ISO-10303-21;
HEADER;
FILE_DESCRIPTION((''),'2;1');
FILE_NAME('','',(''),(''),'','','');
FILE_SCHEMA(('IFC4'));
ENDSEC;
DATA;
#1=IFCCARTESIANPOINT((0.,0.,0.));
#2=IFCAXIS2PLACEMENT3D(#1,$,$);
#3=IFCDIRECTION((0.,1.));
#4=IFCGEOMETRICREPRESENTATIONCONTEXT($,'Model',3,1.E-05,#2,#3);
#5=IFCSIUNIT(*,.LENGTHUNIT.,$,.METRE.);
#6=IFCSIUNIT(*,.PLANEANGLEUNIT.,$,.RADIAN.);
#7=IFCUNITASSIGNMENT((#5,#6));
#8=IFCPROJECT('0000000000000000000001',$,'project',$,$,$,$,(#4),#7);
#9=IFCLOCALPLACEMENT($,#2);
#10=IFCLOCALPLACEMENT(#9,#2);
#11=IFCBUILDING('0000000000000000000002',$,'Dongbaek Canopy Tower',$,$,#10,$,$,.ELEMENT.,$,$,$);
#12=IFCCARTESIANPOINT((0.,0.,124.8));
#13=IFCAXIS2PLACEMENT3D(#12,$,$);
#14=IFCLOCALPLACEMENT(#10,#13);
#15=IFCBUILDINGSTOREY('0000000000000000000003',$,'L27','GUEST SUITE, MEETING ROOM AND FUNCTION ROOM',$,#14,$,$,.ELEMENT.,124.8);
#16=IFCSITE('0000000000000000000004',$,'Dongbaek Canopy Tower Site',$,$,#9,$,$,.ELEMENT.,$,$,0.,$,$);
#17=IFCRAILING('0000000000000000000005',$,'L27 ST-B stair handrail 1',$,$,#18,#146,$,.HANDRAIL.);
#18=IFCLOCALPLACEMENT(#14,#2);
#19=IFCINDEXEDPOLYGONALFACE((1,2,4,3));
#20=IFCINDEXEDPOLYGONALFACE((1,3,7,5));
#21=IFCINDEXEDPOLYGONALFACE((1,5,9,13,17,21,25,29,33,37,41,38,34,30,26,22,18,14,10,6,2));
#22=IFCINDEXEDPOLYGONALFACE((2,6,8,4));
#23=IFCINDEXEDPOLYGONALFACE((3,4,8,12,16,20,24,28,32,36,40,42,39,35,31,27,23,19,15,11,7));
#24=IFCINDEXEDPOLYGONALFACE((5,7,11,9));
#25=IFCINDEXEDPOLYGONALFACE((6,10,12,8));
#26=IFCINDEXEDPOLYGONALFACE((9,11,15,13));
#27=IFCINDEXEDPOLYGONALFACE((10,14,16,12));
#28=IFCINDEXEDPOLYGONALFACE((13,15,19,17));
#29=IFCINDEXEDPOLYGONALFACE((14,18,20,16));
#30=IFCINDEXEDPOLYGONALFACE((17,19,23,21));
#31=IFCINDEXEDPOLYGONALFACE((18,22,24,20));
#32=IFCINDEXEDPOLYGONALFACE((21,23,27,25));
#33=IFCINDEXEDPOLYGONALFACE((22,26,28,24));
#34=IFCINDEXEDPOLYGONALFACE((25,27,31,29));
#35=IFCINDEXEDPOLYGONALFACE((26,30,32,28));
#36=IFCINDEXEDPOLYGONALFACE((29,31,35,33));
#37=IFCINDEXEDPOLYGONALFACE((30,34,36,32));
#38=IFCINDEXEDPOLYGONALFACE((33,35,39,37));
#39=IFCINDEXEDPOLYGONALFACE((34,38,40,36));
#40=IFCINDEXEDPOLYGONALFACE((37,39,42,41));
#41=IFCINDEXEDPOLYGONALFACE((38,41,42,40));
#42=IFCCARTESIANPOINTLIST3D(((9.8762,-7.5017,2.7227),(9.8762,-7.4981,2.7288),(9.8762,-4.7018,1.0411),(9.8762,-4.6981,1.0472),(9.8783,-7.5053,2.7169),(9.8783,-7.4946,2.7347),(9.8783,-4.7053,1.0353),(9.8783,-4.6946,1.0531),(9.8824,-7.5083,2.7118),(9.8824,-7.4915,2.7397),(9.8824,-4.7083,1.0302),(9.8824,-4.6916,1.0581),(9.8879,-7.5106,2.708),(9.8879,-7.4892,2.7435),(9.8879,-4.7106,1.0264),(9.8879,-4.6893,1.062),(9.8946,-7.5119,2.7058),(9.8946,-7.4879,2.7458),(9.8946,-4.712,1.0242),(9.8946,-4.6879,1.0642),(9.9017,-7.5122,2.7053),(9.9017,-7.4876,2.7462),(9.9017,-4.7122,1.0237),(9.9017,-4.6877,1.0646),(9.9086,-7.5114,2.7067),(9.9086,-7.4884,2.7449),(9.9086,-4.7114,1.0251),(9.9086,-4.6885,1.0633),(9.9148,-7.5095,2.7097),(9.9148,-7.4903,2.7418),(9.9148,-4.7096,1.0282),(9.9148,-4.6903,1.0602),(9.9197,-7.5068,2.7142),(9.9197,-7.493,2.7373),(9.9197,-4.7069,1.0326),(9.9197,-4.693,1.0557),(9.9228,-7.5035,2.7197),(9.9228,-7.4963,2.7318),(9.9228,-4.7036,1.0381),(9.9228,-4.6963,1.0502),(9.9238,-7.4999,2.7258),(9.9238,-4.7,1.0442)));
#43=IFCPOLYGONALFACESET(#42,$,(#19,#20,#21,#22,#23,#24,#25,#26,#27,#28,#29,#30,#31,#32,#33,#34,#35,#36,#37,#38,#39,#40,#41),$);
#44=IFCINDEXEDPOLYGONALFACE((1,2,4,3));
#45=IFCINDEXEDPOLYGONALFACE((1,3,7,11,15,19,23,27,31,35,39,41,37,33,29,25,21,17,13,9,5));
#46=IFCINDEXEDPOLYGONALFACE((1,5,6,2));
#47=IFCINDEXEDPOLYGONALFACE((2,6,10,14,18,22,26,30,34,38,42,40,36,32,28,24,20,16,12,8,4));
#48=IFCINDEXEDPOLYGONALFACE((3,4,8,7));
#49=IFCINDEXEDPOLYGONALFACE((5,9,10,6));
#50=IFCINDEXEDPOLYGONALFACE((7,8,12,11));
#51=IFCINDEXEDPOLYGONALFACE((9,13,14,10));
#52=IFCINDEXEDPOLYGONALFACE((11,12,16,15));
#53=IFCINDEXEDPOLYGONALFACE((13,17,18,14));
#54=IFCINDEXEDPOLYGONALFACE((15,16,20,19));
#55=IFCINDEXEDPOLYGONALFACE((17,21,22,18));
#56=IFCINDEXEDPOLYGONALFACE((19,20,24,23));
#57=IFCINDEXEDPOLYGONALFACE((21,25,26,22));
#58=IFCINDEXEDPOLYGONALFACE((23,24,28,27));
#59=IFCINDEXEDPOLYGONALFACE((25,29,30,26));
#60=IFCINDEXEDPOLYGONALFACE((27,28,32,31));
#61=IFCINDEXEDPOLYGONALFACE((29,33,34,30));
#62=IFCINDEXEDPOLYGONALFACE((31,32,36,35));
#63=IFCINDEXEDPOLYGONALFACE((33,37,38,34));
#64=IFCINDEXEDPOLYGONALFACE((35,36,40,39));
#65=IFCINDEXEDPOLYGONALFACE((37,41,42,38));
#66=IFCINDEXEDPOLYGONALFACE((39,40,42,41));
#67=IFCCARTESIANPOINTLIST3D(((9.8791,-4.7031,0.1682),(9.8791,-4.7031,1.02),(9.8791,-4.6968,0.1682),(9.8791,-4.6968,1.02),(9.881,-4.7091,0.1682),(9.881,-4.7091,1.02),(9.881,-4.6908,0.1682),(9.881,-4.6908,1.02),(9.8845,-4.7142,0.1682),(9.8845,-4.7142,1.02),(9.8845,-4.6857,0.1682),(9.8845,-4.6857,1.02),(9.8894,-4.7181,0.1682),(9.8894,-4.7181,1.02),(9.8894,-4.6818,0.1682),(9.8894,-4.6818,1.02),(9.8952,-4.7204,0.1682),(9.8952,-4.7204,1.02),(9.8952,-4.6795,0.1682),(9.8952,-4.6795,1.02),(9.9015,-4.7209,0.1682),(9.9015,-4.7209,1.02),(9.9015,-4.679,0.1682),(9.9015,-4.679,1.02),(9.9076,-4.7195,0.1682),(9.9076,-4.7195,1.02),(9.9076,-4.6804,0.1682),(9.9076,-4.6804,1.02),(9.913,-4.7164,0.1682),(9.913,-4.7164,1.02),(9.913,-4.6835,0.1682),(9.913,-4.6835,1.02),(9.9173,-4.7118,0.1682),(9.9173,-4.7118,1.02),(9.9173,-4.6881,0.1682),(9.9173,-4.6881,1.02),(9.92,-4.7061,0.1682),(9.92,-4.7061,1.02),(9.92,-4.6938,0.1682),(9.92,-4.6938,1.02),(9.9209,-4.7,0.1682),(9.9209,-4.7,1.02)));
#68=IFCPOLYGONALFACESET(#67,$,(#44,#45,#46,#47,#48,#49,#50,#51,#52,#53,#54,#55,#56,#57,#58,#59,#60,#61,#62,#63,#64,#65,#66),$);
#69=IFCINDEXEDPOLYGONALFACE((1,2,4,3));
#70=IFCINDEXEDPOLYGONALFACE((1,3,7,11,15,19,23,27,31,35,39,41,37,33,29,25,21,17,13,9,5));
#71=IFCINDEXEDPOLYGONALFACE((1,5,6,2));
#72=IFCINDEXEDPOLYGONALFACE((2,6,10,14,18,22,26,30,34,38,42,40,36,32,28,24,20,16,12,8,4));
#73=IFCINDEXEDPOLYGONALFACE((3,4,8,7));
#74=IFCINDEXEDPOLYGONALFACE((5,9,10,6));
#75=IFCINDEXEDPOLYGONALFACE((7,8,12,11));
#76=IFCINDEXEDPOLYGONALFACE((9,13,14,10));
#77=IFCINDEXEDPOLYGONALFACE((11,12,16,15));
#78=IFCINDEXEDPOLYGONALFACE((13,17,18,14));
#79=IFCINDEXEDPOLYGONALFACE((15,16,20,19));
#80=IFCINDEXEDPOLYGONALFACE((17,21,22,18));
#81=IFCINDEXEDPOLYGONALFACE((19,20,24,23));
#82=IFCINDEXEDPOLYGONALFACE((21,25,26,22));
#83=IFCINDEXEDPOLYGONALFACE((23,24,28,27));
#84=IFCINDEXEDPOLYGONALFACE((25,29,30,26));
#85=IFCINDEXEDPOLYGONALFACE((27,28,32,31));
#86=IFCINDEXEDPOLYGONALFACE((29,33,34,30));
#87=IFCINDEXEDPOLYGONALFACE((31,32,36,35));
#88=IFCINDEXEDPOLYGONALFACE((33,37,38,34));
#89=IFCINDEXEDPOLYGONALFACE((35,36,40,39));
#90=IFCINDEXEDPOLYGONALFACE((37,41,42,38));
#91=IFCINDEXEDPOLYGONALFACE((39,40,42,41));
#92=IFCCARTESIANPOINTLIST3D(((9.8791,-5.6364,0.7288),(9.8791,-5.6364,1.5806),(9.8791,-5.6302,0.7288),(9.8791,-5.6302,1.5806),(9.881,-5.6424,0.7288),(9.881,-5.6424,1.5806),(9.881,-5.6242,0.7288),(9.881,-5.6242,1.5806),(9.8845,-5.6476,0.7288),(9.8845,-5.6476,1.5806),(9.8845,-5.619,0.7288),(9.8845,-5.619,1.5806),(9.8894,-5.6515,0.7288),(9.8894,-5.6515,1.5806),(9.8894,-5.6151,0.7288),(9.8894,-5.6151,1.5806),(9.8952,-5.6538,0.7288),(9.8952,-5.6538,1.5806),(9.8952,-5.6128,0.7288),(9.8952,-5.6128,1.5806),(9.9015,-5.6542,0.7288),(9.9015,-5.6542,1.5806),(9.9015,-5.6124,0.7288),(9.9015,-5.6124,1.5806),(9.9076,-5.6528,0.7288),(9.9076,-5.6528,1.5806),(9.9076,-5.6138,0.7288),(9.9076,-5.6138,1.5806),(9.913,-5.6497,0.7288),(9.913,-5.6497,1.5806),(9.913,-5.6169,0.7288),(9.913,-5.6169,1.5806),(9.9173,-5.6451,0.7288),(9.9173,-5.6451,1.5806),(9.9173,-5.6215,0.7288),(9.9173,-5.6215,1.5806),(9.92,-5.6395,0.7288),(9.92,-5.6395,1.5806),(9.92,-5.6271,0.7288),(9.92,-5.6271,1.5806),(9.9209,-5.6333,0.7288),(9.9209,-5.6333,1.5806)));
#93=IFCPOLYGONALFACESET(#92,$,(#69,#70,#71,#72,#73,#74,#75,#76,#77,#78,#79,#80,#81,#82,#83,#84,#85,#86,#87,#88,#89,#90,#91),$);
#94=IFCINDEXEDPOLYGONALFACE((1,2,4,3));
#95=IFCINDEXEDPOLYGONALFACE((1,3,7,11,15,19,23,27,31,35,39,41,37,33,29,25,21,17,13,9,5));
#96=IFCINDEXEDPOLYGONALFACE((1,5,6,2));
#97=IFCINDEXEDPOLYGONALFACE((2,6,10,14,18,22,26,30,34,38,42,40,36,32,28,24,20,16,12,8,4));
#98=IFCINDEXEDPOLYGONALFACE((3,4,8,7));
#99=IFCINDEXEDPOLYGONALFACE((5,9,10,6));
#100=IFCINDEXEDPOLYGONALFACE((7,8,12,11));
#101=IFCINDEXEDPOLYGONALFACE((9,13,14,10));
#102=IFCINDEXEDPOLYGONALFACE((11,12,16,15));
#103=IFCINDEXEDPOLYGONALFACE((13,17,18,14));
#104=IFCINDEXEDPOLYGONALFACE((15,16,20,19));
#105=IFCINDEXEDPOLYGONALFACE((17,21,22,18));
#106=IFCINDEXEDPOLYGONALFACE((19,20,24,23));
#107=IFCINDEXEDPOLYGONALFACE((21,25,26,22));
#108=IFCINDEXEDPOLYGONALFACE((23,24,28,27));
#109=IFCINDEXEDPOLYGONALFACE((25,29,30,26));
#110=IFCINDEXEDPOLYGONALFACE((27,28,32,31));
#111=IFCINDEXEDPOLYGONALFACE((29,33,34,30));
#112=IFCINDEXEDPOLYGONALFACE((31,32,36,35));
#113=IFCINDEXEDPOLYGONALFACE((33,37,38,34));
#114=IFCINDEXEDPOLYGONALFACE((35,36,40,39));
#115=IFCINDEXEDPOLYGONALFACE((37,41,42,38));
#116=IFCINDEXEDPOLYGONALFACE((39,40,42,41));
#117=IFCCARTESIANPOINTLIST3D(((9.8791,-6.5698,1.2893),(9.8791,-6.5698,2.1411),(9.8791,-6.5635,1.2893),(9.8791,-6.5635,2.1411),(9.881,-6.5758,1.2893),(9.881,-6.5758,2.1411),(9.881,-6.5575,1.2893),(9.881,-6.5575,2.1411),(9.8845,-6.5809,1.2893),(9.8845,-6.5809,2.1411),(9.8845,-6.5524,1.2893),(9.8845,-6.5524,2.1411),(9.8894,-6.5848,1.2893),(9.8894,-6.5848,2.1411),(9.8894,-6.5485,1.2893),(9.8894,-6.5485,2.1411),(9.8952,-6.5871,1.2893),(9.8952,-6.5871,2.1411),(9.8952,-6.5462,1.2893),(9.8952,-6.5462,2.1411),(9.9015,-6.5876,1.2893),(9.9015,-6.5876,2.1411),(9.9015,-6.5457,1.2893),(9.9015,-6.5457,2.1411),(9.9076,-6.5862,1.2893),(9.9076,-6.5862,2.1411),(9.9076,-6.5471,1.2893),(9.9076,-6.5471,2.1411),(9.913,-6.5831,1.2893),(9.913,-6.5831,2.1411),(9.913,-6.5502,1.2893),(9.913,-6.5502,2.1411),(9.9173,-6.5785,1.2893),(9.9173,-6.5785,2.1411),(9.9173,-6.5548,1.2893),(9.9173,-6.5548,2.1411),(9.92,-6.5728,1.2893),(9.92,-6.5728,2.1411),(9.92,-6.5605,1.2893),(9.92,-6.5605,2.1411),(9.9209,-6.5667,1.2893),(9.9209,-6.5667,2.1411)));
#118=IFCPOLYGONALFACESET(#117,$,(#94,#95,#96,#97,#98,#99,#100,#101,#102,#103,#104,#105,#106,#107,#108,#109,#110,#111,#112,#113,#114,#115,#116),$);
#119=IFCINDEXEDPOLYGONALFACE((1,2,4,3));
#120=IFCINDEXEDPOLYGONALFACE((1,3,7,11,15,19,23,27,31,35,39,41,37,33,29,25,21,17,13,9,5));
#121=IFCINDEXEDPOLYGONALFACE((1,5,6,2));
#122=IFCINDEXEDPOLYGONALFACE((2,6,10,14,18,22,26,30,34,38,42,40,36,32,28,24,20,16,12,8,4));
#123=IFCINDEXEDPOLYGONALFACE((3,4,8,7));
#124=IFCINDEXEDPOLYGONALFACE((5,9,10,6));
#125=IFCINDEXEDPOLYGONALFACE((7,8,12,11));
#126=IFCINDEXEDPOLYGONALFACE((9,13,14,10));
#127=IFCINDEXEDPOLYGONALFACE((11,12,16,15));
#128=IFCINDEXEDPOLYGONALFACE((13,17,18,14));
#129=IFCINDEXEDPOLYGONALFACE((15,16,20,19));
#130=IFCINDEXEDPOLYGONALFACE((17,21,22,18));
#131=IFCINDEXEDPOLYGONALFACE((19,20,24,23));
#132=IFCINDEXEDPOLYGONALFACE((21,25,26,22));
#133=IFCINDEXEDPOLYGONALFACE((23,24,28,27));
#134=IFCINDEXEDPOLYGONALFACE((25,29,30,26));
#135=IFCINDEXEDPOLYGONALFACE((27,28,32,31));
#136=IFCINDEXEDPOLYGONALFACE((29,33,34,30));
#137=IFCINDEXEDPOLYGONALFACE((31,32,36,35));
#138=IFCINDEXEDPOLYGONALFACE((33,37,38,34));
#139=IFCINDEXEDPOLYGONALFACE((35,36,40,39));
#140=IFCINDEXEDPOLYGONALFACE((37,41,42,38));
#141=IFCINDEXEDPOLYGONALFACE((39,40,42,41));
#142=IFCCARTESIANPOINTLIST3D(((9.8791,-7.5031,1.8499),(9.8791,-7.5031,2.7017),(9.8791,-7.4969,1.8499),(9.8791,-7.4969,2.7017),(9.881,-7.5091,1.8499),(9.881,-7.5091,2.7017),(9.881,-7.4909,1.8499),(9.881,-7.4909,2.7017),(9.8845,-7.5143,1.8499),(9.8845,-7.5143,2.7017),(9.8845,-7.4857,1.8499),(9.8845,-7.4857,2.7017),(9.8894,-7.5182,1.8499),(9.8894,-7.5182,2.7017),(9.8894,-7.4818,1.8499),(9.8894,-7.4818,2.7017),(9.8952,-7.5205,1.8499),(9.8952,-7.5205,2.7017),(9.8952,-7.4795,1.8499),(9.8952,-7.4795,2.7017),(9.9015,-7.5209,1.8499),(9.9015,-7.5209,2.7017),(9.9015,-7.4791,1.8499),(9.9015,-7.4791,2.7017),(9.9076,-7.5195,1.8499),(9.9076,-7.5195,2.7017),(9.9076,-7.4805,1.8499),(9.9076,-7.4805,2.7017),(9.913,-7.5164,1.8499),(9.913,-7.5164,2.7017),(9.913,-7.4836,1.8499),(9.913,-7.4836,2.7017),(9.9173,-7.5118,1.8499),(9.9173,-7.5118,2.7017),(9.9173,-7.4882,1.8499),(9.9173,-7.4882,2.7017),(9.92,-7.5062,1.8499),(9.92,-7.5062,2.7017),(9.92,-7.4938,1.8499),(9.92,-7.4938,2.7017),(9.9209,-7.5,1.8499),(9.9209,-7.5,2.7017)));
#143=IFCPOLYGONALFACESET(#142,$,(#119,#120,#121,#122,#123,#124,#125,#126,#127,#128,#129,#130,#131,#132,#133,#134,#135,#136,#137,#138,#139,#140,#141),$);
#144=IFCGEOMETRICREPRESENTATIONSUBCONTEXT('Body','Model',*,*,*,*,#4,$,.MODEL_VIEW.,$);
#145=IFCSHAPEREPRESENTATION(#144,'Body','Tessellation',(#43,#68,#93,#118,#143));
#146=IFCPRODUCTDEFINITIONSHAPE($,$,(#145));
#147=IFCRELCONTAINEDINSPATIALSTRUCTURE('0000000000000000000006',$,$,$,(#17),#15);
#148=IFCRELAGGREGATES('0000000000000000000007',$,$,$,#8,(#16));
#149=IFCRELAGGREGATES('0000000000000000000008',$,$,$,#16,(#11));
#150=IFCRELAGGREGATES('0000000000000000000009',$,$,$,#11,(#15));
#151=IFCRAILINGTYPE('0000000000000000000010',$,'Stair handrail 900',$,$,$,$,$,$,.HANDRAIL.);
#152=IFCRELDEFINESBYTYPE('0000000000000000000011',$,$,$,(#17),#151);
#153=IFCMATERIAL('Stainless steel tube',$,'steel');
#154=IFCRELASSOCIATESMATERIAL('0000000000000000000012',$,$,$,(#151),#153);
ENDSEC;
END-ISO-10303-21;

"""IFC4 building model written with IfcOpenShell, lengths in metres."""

from ifc_helpers import new_model, si_unit, direction, frame, origin, origin_2d, place, context, subcontext, project, spatial, circle, extrude, material, type_object, element, save


model = new_model("IFC4")

# Units and contexts
model_context = context("Model", 3, precision=1e-05, world=origin(), true_north=direction((0.0, 1.0)))
body_context = subcontext(model_context, "Body", "Model", "MODEL_VIEW")
ifc_project = project(units=[si_unit("LENGTHUNIT", "METRE"), si_unit("PLANEANGLEUNIT", "RADIAN")], contexts=[model_context])

# Site, building, storey
site_placement = place(None, origin())
site = spatial("IfcSite", under=ifc_project, at=site_placement, Name="Dongbaek Canopy Tower Site", CompositionType="ELEMENT", RefElevation=0.0)
building_placement = place(site_placement, origin())
building = spatial("IfcBuilding", under=site, at=building_placement, Name="Dongbaek Canopy Tower", CompositionType="ELEMENT")
storey_placement = place(building_placement, frame((0.0, 0.0, 124.8)))
storey = spatial("IfcBuildingStorey", under=building, at=storey_placement, Name="L27", Description="GUEST SUITE, MEETING ROOM AND FUNCTION ROOM", CompositionType="ELEMENT", Elevation=124.8)

# Railing
ifc_material_1 = material(Name="Stainless steel tube", Category="steel")
railing_type_1 = type_object("IfcRailingType", Name="Stair handrail 900", PredefinedType="HANDRAIL", material=ifc_material_1)
railing_1_placement = place(storey_placement, frame((9.8999, -4.7, 0.1682)))
element("IfcRailing", 1, at=railing_1_placement, inside=storey, type_object=railing_type_1, Name="L27 ST-B stair handrail 1", PredefinedType="HANDRAIL", context=body_context, shape_type="SweptSolid", body=[
    extrude(circle(Radius=0.0239, at=origin_2d()), frame((0.0, 0.0, 0.876), z_axis=(0.0, -0.857275, 0.514858), x_axis=(1.0, 0.0, 0.0)), (0.0, 0.0, 1.0), 3.2661),
    extrude(circle(Radius=0.021, at=origin_2d()), origin(), (0.0, 0.0, 1.0), 0.8518),
    extrude(circle(Radius=0.021, at=origin_2d()), frame((0.0, -0.9333, 0.5605)), (0.0, 0.0, 1.0), 0.8518),
    extrude(circle(Radius=0.021, at=origin_2d()), frame((0.0, -1.8667, 1.1211)), (0.0, 0.0, 1.0), 0.8518),
    extrude(circle(Radius=0.021, at=origin_2d()), frame((0.0, -2.8, 1.6816)), (0.0, 0.0, 1.0), 0.8518),
])

save(model, "model.ifc")
